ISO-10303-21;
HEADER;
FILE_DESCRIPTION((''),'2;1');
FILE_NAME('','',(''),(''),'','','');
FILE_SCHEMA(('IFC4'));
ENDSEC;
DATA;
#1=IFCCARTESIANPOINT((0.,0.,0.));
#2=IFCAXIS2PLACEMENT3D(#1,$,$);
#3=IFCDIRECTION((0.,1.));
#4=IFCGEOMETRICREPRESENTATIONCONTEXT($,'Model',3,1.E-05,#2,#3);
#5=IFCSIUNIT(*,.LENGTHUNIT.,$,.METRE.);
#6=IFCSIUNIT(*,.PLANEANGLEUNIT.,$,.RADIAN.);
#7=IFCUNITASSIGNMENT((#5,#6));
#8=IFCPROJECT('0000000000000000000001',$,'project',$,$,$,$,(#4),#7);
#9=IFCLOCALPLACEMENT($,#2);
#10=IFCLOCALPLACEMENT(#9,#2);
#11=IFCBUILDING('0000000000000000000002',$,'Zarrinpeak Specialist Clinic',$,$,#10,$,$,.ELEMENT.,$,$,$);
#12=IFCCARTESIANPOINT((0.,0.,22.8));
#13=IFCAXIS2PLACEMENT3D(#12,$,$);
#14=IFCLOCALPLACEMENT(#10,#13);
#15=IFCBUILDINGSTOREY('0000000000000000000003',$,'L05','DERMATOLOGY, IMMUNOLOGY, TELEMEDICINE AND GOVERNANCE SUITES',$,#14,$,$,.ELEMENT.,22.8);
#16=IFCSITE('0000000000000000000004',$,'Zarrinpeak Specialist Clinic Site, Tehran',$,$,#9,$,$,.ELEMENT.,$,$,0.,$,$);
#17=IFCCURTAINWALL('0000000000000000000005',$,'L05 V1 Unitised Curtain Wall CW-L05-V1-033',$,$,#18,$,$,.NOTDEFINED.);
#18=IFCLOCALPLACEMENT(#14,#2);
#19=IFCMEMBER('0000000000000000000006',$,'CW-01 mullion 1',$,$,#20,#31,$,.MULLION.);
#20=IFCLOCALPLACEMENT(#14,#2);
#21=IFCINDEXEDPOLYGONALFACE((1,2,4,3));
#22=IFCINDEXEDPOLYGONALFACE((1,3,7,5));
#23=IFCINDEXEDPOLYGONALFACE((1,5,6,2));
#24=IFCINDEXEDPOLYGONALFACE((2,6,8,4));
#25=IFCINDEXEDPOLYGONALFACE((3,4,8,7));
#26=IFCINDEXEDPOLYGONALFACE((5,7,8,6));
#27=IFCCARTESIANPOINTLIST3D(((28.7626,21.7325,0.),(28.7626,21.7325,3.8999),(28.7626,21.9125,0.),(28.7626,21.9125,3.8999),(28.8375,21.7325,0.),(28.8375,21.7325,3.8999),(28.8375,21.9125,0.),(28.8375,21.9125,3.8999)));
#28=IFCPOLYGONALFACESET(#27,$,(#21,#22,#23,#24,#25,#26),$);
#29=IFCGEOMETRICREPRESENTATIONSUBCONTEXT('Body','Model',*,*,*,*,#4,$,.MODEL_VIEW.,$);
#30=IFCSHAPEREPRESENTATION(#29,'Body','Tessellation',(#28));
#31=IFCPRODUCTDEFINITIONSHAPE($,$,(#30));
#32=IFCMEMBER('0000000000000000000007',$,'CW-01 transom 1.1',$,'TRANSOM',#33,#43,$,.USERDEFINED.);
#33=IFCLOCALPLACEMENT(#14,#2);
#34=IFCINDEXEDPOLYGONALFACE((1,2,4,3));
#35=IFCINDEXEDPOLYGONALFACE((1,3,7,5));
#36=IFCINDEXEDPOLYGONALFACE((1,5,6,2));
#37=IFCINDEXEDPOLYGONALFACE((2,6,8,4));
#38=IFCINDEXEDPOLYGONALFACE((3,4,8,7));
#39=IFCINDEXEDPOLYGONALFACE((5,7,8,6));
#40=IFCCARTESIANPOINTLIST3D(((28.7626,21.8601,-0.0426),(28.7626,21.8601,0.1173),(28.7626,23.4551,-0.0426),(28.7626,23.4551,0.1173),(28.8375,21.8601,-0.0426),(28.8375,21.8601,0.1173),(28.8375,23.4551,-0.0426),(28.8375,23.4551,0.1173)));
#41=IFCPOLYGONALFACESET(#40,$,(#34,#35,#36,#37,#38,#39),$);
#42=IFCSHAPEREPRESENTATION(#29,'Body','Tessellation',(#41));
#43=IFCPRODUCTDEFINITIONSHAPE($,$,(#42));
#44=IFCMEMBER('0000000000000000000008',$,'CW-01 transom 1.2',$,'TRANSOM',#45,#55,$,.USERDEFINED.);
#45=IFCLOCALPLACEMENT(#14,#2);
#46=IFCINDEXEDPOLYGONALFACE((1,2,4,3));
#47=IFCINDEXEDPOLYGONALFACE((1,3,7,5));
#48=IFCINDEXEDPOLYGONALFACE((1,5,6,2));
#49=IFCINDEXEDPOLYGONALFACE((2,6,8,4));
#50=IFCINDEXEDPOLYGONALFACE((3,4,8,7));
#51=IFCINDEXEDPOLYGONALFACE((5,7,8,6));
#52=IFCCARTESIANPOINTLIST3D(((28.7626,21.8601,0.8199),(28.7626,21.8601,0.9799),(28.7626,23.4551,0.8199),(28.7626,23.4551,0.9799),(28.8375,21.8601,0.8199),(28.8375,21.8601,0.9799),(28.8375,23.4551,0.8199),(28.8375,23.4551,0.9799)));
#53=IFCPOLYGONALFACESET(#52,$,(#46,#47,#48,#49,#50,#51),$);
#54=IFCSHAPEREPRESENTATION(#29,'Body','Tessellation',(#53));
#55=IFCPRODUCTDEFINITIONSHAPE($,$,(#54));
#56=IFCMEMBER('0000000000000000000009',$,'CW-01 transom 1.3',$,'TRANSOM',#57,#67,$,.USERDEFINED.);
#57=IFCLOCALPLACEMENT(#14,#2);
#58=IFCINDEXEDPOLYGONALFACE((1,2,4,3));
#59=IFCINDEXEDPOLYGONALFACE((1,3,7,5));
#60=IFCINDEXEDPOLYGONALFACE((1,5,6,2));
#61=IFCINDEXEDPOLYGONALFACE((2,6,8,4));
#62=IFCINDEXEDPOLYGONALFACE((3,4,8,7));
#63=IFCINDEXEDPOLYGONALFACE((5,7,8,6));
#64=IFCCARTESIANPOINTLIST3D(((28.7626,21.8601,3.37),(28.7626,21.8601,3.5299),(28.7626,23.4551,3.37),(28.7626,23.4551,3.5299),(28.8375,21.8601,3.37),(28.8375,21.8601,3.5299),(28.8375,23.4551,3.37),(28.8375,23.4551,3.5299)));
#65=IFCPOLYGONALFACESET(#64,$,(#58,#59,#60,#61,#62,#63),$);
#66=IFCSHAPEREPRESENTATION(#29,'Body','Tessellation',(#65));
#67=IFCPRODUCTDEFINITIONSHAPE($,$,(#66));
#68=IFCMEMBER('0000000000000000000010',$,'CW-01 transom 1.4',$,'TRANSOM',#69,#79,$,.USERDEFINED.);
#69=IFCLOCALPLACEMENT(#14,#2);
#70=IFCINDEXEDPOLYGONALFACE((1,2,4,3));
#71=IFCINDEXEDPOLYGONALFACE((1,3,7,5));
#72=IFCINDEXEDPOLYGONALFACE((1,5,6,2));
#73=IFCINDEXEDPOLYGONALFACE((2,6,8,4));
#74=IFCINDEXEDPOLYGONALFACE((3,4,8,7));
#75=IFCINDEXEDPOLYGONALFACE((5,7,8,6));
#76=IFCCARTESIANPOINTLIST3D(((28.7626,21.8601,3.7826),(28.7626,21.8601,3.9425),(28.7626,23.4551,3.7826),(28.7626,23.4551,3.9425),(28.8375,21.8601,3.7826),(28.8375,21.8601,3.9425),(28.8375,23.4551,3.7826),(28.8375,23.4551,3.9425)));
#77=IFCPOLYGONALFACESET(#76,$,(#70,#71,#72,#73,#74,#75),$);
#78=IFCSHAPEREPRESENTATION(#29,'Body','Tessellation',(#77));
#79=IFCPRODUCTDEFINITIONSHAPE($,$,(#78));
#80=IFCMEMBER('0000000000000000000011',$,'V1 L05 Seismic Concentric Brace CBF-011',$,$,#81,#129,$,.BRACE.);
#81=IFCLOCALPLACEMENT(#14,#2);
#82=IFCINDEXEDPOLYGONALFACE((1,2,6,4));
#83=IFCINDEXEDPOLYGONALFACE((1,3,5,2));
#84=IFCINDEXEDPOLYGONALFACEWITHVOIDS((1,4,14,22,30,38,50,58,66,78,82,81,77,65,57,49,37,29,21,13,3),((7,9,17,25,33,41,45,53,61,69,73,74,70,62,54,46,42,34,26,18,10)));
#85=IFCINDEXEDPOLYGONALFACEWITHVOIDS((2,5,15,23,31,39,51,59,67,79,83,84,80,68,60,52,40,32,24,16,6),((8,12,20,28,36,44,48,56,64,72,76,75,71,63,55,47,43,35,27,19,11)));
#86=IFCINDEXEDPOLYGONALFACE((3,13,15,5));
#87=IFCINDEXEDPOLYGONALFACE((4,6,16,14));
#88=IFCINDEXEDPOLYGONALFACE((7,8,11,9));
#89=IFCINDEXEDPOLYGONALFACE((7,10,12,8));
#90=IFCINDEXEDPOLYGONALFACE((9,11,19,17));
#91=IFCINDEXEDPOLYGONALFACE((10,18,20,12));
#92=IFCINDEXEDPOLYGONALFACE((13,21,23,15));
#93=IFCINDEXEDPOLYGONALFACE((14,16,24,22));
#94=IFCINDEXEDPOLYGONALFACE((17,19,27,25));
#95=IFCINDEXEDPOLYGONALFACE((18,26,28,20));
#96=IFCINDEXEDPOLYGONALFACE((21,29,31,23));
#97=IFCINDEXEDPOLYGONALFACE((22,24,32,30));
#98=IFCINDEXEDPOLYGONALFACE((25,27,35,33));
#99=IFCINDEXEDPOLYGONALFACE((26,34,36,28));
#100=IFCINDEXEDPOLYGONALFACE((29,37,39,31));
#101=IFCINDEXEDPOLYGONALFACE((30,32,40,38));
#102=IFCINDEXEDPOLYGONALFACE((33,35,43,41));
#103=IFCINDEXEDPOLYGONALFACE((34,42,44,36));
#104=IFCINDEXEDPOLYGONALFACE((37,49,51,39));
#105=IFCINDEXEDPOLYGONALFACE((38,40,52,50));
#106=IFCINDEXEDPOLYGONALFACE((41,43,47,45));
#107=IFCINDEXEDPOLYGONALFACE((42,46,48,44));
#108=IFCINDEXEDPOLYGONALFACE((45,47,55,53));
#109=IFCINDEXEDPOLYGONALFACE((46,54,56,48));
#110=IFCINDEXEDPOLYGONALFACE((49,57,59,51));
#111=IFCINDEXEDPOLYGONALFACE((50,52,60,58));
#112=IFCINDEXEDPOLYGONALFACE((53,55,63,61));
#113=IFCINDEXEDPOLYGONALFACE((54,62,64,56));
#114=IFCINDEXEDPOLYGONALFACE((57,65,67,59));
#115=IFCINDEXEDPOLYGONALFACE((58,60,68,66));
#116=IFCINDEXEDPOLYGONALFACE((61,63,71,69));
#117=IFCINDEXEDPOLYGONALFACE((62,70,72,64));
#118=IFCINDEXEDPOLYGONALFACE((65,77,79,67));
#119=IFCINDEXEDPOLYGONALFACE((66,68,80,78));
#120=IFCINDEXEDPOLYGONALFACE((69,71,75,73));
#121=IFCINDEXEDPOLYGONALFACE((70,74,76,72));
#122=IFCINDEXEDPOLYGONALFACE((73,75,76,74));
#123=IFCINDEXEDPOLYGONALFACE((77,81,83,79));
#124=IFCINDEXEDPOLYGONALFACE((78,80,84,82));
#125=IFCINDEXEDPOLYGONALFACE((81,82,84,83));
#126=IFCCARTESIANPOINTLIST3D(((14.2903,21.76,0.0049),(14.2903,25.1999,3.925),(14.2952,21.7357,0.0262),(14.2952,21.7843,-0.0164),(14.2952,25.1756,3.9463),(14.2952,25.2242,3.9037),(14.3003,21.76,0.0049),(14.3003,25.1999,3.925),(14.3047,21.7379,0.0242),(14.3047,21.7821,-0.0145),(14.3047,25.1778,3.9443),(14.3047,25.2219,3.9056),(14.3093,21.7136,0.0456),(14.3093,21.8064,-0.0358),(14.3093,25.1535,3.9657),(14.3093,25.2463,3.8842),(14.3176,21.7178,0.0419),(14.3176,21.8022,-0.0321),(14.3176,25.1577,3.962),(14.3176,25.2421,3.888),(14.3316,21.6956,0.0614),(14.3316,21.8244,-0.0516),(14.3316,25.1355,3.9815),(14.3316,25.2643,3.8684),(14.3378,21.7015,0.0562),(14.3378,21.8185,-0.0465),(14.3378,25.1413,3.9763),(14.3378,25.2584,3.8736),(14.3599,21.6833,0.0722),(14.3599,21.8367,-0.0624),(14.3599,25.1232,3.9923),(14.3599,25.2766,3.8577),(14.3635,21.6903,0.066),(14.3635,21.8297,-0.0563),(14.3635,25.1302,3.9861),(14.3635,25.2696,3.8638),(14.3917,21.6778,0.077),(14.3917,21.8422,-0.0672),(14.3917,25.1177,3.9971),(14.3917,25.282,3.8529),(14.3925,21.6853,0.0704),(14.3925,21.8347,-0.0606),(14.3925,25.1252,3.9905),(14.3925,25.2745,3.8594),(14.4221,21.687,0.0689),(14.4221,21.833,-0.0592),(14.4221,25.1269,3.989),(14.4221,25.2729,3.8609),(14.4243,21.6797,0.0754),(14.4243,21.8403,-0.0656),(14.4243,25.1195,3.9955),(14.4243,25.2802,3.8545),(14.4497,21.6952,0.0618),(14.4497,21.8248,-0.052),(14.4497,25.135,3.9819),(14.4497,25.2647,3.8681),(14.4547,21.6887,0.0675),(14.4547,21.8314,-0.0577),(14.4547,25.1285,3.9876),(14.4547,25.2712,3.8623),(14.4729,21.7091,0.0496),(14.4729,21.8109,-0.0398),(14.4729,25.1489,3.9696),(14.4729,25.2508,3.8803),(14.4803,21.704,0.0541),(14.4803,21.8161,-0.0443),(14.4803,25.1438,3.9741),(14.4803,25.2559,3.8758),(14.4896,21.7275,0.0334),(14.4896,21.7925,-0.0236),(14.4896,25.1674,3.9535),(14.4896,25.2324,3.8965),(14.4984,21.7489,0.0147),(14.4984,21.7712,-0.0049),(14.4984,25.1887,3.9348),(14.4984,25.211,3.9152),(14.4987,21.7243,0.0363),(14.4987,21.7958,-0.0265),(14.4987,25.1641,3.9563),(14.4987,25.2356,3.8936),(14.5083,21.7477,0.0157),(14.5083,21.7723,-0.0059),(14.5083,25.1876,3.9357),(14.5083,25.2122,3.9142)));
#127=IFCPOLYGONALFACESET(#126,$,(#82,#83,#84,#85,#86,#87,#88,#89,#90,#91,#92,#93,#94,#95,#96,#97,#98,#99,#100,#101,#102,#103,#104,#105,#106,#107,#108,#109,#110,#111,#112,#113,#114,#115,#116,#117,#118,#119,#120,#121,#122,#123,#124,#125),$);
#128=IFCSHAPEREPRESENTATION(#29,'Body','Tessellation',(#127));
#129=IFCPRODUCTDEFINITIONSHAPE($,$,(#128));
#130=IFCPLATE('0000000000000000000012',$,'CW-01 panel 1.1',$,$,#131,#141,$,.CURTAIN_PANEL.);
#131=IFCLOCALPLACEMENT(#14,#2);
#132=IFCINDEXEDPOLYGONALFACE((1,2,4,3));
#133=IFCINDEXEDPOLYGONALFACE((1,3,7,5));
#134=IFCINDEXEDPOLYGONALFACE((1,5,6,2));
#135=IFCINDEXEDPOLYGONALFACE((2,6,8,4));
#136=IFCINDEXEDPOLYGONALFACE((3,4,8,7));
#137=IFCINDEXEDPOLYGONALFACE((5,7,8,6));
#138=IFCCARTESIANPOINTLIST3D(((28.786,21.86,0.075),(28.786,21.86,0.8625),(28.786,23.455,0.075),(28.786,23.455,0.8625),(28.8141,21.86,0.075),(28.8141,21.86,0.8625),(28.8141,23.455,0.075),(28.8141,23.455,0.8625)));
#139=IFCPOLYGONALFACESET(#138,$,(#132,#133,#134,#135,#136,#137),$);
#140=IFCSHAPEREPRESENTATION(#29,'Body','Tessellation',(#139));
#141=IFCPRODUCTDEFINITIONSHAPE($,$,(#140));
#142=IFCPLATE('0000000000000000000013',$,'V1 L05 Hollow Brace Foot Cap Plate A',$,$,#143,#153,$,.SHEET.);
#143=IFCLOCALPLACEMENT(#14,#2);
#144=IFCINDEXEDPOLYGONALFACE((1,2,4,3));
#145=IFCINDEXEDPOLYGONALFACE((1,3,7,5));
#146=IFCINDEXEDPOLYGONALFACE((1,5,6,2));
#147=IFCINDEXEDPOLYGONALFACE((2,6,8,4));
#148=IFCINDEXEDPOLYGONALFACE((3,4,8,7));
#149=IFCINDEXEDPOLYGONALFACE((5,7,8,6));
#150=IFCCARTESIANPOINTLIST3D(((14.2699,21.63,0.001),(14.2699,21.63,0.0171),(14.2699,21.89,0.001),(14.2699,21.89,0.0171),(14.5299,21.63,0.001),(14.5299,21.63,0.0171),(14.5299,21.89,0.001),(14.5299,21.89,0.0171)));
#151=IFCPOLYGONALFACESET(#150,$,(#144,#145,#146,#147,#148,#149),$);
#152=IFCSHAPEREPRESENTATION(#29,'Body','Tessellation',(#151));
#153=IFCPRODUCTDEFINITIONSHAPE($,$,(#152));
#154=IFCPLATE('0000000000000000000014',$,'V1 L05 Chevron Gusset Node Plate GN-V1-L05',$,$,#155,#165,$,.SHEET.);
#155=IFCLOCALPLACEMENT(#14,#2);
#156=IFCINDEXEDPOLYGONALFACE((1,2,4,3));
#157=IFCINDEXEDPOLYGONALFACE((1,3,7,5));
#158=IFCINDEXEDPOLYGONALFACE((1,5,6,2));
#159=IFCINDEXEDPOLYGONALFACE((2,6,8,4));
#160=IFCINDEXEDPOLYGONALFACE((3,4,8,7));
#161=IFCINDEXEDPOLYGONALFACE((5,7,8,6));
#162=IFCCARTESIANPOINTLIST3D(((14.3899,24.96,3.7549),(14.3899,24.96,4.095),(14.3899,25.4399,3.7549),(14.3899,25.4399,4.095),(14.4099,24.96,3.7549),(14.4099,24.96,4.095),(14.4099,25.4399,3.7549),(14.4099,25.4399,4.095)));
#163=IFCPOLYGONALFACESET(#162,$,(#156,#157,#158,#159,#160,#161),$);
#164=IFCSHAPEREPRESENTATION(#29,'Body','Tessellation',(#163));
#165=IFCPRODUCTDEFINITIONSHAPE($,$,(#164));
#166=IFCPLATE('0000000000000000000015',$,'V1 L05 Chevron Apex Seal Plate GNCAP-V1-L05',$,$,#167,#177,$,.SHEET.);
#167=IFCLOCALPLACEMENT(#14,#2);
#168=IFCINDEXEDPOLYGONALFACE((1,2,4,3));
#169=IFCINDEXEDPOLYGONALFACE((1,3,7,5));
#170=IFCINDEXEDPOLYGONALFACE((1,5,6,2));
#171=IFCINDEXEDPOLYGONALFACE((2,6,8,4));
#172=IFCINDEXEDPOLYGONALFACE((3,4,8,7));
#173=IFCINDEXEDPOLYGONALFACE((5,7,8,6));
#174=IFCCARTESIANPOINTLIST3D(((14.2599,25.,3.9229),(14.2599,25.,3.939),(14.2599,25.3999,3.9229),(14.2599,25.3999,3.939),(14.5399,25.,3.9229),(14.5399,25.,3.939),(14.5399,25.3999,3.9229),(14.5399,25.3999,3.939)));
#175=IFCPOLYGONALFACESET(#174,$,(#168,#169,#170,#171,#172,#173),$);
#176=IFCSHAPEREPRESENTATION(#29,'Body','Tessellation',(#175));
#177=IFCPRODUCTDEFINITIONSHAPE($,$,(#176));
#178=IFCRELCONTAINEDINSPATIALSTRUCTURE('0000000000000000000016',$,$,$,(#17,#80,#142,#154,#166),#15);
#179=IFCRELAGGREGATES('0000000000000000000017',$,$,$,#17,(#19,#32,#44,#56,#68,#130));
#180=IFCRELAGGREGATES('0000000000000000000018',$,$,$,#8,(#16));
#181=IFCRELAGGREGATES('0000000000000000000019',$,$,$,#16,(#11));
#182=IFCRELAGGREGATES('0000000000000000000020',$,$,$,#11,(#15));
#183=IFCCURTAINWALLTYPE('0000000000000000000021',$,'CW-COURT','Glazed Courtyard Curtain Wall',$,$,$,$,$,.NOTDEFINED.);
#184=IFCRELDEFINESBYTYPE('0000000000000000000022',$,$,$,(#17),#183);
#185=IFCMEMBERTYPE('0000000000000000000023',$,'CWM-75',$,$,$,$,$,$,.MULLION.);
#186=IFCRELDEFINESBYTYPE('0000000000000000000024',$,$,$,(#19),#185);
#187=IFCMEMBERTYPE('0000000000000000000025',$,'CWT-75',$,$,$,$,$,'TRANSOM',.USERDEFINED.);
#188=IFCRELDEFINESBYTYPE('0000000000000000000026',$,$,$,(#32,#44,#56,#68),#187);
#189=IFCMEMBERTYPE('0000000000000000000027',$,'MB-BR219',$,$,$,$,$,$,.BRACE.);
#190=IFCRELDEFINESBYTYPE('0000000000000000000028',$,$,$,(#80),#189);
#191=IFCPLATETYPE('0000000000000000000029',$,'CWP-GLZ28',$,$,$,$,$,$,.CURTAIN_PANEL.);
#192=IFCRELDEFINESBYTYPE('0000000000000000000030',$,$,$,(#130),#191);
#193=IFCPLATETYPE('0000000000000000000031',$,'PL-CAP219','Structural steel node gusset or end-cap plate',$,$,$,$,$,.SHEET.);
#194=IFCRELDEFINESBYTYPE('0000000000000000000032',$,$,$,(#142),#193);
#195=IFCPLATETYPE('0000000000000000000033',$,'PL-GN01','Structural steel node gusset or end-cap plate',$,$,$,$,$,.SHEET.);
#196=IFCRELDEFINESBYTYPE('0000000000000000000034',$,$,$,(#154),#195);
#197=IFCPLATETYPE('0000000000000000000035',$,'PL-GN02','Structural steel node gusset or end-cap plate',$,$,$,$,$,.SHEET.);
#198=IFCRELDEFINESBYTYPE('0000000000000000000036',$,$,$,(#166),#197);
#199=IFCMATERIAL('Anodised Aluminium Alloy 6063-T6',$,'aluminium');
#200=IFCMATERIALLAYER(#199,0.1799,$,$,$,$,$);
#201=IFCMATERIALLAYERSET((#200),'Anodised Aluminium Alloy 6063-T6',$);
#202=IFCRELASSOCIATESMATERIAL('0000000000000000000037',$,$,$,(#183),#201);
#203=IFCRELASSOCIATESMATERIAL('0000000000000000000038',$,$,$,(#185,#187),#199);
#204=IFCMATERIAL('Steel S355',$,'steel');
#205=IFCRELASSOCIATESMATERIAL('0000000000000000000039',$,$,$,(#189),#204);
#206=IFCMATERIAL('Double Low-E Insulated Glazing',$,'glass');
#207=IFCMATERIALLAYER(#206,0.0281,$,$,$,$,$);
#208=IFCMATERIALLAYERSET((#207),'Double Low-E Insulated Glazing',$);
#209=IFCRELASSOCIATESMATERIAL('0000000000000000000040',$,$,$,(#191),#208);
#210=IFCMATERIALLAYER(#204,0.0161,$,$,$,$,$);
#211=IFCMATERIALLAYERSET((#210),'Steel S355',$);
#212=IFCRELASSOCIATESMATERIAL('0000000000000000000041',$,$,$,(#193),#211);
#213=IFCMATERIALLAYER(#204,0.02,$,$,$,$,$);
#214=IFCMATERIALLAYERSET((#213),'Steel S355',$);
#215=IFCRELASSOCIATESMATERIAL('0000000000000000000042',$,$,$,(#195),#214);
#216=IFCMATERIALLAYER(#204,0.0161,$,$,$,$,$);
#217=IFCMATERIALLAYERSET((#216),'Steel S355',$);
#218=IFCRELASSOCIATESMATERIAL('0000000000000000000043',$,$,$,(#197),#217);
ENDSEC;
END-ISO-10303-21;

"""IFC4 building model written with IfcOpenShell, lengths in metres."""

from ifc_helpers import new_model, si_unit, direction, frame, origin, origin_2d, place, context, subcontext, project, spatial, rectangle, hollow_circle, extrude, material, layer, layer_set, material_profile, profile_set, type_object, element, aggregate, save


model = new_model("IFC4")

# Units and contexts
model_context = context("Model", 3, precision=1e-05, world=origin(), true_north=direction((0.0, 1.0)))
body_context = subcontext(model_context, "Body", "Model", "MODEL_VIEW")
ifc_project = project(units=[si_unit("LENGTHUNIT", "METRE"), si_unit("PLANEANGLEUNIT", "RADIAN")], contexts=[model_context])

# Site, building, storey
site_placement = place(None, origin())
site = spatial("IfcSite", under=ifc_project, at=site_placement, Name="Zarrinpeak Specialist Clinic Site, Tehran", CompositionType="ELEMENT", RefElevation=0.0)
building_placement = place(site_placement, origin())
building = spatial("IfcBuilding", under=site, at=building_placement, Name="Zarrinpeak Specialist Clinic", CompositionType="ELEMENT")
storey_placement = place(building_placement, frame((0.0, 0.0, 22.8)))
storey = spatial("IfcBuildingStorey", under=building, at=storey_placement, Name="L05", Description="DERMATOLOGY, IMMUNOLOGY, TELEMEDICINE AND GOVERNANCE SUITES", CompositionType="ELEMENT", Elevation=22.8)

# Shared definitions
ifc_material_1 = material(Name="Steel S355", Category="steel")

# Curtain wall, members
ifc_material_2 = material(Name="Anodised Aluminium Alloy 6063-T6", Category="aluminium")
ifc_layer_1 = layer(ifc_material_2, 0.1799)
ifc_layer_set_1 = layer_set([ifc_layer_1], Name="Anodised Aluminium Alloy 6063-T6")
curtain_wall_type = type_object("IfcCurtainWallType", Name="CW-COURT", Description="Glazed Courtyard Curtain Wall", PredefinedType="NOTDEFINED", material=ifc_layer_set_1)
curtain_wall_placement = place(storey_placement, origin())
curtain_wall = element("IfcCurtainWall", 1, at=curtain_wall_placement, inside=storey, type_object=curtain_wall_type, Name="L05 V1 Unitised Curtain Wall CW-L05-V1-033", PredefinedType="NOTDEFINED")
ifc_material_profile_1 = material_profile(ifc_material_2, rectangle(XDim=0.075, YDim=0.1799, at=origin_2d()), Name="ALU 75x180")
ifc_profile_set_1 = profile_set([ifc_material_profile_1], Name="Anodised Aluminium Alloy 6063-T6")
member_type_1 = type_object("IfcMemberType", Name="CWM-75", PredefinedType="MULLION", material=ifc_profile_set_1)
member_1_placement = place(storey_placement, frame((28.8, 21.8225, 0.0), z_axis=(0.0, 0.0, 1.0), x_axis=(-1.0, 0.0, 0.0)))
member_1 = element("IfcMember", 2, at=member_1_placement, type_object=member_type_1, Name="CW-01 mullion 1", PredefinedType="MULLION", context=body_context, shape_type="SweptSolid", body=[
    extrude(rectangle(XDim=0.075, YDim=0.1799, at=origin_2d()), origin(), (0.0, 0.0, 1.0), 3.8999),
])
ifc_material_profile_2 = material_profile(ifc_material_2, rectangle(XDim=0.075, YDim=0.1599, at=origin_2d()), Name="ALU 75x160")
ifc_profile_set_2 = profile_set([ifc_material_profile_2], Name="Anodised Aluminium Alloy 6063-T6")
member_type_2 = type_object("IfcMemberType", Name="CWT-75", ElementType="TRANSOM", PredefinedType="USERDEFINED", material=ifc_profile_set_2)
member_2_placement = place(storey_placement, frame((28.8, 21.8601, 0.0374), z_axis=(0.0, 1.0, 0.0), x_axis=(-1.0, 0.0, 0.0)))
member_2 = element("IfcMember", 3, at=member_2_placement, type_object=member_type_2, Name="CW-01 transom 1.1", ObjectType="TRANSOM", PredefinedType="USERDEFINED", context=body_context, shape_type="SweptSolid", body=[
    extrude(rectangle(XDim=0.075, YDim=0.1599, at=origin_2d()), origin(), (0.0, 0.0, 1.0), 1.595),
])
member_3_placement = place(storey_placement, frame((28.8, 21.8601, 0.8999), z_axis=(0.0, 1.0, 0.0), x_axis=(-1.0, 0.0, 0.0)))
member_3 = element("IfcMember", 4, at=member_3_placement, type_object=member_type_2, Name="CW-01 transom 1.2", ObjectType="TRANSOM", PredefinedType="USERDEFINED", context=body_context, shape_type="SweptSolid", body=[
    extrude(rectangle(XDim=0.075, YDim=0.1599, at=origin_2d()), origin(), (0.0, 0.0, 1.0), 1.595),
])
member_4_placement = place(storey_placement, frame((28.8, 21.8601, 3.45), z_axis=(0.0, 1.0, 0.0), x_axis=(-1.0, 0.0, 0.0)))
member_4 = element("IfcMember", 5, at=member_4_placement, type_object=member_type_2, Name="CW-01 transom 1.3", ObjectType="TRANSOM", PredefinedType="USERDEFINED", context=body_context, shape_type="SweptSolid", body=[
    extrude(rectangle(XDim=0.075, YDim=0.1599, at=origin_2d()), origin(), (0.0, 0.0, 1.0), 1.595),
])
member_5_placement = place(storey_placement, frame((28.8, 21.8601, 3.8625), z_axis=(0.0, 1.0, 0.0), x_axis=(-1.0, 0.0, 0.0)))
member_5 = element("IfcMember", 6, at=member_5_placement, type_object=member_type_2, Name="CW-01 transom 1.4", ObjectType="TRANSOM", PredefinedType="USERDEFINED", context=body_context, shape_type="SweptSolid", body=[
    extrude(rectangle(XDim=0.075, YDim=0.1599, at=origin_2d()), origin(), (0.0, 0.0, 1.0), 1.595),
])

# Member
ifc_material_profile_3 = material_profile(ifc_material_1, hollow_circle(Radius=0.1096, WallThickness=0.01, at=origin_2d()), Name="CHS 219.1x10.0")
ifc_profile_set_3 = profile_set([ifc_material_profile_3], Name="Steel S355")
member_type_3 = type_object("IfcMemberType", Name="MB-BR219", PredefinedType="BRACE", material=ifc_profile_set_3)
member_6_placement = place(storey_placement, frame((14.3999, 21.76, 0.0049), z_axis=(0.0, 0.659568, 0.751645), x_axis=(-1.0, 0.0, 0.0)))
element("IfcMember", 7, at=member_6_placement, inside=storey, type_object=member_type_3, Name="V1 L05 Seismic Concentric Brace CBF-011", PredefinedType="BRACE", context=body_context, shape_type="SweptSolid", body=[
    extrude(hollow_circle(Radius=0.1096, WallThickness=0.01, at=origin_2d()), origin(), (0.0, 0.0, 1.0), 5.2153),
])

# Plate
ifc_material_3 = material(Name="Double Low-E Insulated Glazing", Category="glass")
ifc_layer_2 = layer(ifc_material_3, 0.0281)
ifc_layer_set_2 = layer_set([ifc_layer_2], Name="Double Low-E Insulated Glazing")
plate_type_1 = type_object("IfcPlateType", Name="CWP-GLZ28", PredefinedType="CURTAIN_PANEL", material=ifc_layer_set_2)
plate_1_placement = place(storey_placement, frame((28.8, 22.6575, 0.075), z_axis=(0.0, 0.0, 1.0), x_axis=(0.0, 1.0, 0.0)))
plate_1 = element("IfcPlate", 8, at=plate_1_placement, type_object=plate_type_1, Name="CW-01 panel 1.1", PredefinedType="CURTAIN_PANEL", context=body_context, shape_type="SweptSolid", body=[
    extrude(rectangle(XDim=1.595, YDim=0.0281, at=origin_2d()), origin(), (0.0, 0.0, 1.0), 0.7876),
])
aggregate(curtain_wall, [member_1, member_2, member_3, member_4, member_5, plate_1])

# Plates
ifc_layer_3 = layer(ifc_material_1, 0.0161)
ifc_layer_set_3 = layer_set([ifc_layer_3], Name="Steel S355")
plate_type_2 = type_object("IfcPlateType", Name="PL-CAP219", Description="Structural steel node gusset or end-cap plate", PredefinedType="SHEET", material=ifc_layer_set_3)
plate_2_placement = place(storey_placement, frame((14.3999, 21.76, 0.001), z_axis=(0.0, 0.0, 1.0), x_axis=(1.0, 0.0, 0.0)))
element("IfcPlate", 9, at=plate_2_placement, inside=storey, type_object=plate_type_2, Name="V1 L05 Hollow Brace Foot Cap Plate A", PredefinedType="SHEET", context=body_context, shape_type="SweptSolid", body=[
    extrude(rectangle(XDim=0.26, YDim=0.26, at=origin_2d()), origin(), (0.0, 0.0, 1.0), 0.0161),
])
ifc_layer_4 = layer(ifc_material_1, 0.02)
ifc_layer_set_4 = layer_set([ifc_layer_4], Name="Steel S355")
plate_type_3 = type_object("IfcPlateType", Name="PL-GN01", Description="Structural steel node gusset or end-cap plate", PredefinedType="SHEET", material=ifc_layer_set_4)
plate_3_placement = place(storey_placement, frame((14.3999, 25.2, 3.7549), z_axis=(0.0, 0.0, 1.0), x_axis=(1.0, 0.0, 0.0)))
element("IfcPlate", 10, at=plate_3_placement, inside=storey, type_object=plate_type_3, Name="V1 L05 Chevron Gusset Node Plate GN-V1-L05", PredefinedType="SHEET", context=body_context, shape_type="SweptSolid", body=[
    extrude(rectangle(XDim=0.02, YDim=0.48, at=origin_2d()), origin(), (0.0, 0.0, 1.0), 0.3401),
])
ifc_layer_5 = layer(ifc_material_1, 0.0161)
ifc_layer_set_5 = layer_set([ifc_layer_5], Name="Steel S355")
plate_type_4 = type_object("IfcPlateType", Name="PL-GN02", Description="Structural steel node gusset or end-cap plate", PredefinedType="SHEET", material=ifc_layer_set_5)
plate_4_placement = place(storey_placement, frame((14.3999, 25.2, 3.9229), z_axis=(0.0, 0.0, 1.0), x_axis=(1.0, 0.0, 0.0)))
element("IfcPlate", 11, at=plate_4_placement, inside=storey, type_object=plate_type_4, Name="V1 L05 Chevron Apex Seal Plate GNCAP-V1-L05", PredefinedType="SHEET", context=body_context, shape_type="SweptSolid", body=[
    extrude(rectangle(XDim=0.28, YDim=0.3999, at=origin_2d()), origin(), (0.0, 0.0, 1.0), 0.0161),
])

save(model, "model.ifc")
